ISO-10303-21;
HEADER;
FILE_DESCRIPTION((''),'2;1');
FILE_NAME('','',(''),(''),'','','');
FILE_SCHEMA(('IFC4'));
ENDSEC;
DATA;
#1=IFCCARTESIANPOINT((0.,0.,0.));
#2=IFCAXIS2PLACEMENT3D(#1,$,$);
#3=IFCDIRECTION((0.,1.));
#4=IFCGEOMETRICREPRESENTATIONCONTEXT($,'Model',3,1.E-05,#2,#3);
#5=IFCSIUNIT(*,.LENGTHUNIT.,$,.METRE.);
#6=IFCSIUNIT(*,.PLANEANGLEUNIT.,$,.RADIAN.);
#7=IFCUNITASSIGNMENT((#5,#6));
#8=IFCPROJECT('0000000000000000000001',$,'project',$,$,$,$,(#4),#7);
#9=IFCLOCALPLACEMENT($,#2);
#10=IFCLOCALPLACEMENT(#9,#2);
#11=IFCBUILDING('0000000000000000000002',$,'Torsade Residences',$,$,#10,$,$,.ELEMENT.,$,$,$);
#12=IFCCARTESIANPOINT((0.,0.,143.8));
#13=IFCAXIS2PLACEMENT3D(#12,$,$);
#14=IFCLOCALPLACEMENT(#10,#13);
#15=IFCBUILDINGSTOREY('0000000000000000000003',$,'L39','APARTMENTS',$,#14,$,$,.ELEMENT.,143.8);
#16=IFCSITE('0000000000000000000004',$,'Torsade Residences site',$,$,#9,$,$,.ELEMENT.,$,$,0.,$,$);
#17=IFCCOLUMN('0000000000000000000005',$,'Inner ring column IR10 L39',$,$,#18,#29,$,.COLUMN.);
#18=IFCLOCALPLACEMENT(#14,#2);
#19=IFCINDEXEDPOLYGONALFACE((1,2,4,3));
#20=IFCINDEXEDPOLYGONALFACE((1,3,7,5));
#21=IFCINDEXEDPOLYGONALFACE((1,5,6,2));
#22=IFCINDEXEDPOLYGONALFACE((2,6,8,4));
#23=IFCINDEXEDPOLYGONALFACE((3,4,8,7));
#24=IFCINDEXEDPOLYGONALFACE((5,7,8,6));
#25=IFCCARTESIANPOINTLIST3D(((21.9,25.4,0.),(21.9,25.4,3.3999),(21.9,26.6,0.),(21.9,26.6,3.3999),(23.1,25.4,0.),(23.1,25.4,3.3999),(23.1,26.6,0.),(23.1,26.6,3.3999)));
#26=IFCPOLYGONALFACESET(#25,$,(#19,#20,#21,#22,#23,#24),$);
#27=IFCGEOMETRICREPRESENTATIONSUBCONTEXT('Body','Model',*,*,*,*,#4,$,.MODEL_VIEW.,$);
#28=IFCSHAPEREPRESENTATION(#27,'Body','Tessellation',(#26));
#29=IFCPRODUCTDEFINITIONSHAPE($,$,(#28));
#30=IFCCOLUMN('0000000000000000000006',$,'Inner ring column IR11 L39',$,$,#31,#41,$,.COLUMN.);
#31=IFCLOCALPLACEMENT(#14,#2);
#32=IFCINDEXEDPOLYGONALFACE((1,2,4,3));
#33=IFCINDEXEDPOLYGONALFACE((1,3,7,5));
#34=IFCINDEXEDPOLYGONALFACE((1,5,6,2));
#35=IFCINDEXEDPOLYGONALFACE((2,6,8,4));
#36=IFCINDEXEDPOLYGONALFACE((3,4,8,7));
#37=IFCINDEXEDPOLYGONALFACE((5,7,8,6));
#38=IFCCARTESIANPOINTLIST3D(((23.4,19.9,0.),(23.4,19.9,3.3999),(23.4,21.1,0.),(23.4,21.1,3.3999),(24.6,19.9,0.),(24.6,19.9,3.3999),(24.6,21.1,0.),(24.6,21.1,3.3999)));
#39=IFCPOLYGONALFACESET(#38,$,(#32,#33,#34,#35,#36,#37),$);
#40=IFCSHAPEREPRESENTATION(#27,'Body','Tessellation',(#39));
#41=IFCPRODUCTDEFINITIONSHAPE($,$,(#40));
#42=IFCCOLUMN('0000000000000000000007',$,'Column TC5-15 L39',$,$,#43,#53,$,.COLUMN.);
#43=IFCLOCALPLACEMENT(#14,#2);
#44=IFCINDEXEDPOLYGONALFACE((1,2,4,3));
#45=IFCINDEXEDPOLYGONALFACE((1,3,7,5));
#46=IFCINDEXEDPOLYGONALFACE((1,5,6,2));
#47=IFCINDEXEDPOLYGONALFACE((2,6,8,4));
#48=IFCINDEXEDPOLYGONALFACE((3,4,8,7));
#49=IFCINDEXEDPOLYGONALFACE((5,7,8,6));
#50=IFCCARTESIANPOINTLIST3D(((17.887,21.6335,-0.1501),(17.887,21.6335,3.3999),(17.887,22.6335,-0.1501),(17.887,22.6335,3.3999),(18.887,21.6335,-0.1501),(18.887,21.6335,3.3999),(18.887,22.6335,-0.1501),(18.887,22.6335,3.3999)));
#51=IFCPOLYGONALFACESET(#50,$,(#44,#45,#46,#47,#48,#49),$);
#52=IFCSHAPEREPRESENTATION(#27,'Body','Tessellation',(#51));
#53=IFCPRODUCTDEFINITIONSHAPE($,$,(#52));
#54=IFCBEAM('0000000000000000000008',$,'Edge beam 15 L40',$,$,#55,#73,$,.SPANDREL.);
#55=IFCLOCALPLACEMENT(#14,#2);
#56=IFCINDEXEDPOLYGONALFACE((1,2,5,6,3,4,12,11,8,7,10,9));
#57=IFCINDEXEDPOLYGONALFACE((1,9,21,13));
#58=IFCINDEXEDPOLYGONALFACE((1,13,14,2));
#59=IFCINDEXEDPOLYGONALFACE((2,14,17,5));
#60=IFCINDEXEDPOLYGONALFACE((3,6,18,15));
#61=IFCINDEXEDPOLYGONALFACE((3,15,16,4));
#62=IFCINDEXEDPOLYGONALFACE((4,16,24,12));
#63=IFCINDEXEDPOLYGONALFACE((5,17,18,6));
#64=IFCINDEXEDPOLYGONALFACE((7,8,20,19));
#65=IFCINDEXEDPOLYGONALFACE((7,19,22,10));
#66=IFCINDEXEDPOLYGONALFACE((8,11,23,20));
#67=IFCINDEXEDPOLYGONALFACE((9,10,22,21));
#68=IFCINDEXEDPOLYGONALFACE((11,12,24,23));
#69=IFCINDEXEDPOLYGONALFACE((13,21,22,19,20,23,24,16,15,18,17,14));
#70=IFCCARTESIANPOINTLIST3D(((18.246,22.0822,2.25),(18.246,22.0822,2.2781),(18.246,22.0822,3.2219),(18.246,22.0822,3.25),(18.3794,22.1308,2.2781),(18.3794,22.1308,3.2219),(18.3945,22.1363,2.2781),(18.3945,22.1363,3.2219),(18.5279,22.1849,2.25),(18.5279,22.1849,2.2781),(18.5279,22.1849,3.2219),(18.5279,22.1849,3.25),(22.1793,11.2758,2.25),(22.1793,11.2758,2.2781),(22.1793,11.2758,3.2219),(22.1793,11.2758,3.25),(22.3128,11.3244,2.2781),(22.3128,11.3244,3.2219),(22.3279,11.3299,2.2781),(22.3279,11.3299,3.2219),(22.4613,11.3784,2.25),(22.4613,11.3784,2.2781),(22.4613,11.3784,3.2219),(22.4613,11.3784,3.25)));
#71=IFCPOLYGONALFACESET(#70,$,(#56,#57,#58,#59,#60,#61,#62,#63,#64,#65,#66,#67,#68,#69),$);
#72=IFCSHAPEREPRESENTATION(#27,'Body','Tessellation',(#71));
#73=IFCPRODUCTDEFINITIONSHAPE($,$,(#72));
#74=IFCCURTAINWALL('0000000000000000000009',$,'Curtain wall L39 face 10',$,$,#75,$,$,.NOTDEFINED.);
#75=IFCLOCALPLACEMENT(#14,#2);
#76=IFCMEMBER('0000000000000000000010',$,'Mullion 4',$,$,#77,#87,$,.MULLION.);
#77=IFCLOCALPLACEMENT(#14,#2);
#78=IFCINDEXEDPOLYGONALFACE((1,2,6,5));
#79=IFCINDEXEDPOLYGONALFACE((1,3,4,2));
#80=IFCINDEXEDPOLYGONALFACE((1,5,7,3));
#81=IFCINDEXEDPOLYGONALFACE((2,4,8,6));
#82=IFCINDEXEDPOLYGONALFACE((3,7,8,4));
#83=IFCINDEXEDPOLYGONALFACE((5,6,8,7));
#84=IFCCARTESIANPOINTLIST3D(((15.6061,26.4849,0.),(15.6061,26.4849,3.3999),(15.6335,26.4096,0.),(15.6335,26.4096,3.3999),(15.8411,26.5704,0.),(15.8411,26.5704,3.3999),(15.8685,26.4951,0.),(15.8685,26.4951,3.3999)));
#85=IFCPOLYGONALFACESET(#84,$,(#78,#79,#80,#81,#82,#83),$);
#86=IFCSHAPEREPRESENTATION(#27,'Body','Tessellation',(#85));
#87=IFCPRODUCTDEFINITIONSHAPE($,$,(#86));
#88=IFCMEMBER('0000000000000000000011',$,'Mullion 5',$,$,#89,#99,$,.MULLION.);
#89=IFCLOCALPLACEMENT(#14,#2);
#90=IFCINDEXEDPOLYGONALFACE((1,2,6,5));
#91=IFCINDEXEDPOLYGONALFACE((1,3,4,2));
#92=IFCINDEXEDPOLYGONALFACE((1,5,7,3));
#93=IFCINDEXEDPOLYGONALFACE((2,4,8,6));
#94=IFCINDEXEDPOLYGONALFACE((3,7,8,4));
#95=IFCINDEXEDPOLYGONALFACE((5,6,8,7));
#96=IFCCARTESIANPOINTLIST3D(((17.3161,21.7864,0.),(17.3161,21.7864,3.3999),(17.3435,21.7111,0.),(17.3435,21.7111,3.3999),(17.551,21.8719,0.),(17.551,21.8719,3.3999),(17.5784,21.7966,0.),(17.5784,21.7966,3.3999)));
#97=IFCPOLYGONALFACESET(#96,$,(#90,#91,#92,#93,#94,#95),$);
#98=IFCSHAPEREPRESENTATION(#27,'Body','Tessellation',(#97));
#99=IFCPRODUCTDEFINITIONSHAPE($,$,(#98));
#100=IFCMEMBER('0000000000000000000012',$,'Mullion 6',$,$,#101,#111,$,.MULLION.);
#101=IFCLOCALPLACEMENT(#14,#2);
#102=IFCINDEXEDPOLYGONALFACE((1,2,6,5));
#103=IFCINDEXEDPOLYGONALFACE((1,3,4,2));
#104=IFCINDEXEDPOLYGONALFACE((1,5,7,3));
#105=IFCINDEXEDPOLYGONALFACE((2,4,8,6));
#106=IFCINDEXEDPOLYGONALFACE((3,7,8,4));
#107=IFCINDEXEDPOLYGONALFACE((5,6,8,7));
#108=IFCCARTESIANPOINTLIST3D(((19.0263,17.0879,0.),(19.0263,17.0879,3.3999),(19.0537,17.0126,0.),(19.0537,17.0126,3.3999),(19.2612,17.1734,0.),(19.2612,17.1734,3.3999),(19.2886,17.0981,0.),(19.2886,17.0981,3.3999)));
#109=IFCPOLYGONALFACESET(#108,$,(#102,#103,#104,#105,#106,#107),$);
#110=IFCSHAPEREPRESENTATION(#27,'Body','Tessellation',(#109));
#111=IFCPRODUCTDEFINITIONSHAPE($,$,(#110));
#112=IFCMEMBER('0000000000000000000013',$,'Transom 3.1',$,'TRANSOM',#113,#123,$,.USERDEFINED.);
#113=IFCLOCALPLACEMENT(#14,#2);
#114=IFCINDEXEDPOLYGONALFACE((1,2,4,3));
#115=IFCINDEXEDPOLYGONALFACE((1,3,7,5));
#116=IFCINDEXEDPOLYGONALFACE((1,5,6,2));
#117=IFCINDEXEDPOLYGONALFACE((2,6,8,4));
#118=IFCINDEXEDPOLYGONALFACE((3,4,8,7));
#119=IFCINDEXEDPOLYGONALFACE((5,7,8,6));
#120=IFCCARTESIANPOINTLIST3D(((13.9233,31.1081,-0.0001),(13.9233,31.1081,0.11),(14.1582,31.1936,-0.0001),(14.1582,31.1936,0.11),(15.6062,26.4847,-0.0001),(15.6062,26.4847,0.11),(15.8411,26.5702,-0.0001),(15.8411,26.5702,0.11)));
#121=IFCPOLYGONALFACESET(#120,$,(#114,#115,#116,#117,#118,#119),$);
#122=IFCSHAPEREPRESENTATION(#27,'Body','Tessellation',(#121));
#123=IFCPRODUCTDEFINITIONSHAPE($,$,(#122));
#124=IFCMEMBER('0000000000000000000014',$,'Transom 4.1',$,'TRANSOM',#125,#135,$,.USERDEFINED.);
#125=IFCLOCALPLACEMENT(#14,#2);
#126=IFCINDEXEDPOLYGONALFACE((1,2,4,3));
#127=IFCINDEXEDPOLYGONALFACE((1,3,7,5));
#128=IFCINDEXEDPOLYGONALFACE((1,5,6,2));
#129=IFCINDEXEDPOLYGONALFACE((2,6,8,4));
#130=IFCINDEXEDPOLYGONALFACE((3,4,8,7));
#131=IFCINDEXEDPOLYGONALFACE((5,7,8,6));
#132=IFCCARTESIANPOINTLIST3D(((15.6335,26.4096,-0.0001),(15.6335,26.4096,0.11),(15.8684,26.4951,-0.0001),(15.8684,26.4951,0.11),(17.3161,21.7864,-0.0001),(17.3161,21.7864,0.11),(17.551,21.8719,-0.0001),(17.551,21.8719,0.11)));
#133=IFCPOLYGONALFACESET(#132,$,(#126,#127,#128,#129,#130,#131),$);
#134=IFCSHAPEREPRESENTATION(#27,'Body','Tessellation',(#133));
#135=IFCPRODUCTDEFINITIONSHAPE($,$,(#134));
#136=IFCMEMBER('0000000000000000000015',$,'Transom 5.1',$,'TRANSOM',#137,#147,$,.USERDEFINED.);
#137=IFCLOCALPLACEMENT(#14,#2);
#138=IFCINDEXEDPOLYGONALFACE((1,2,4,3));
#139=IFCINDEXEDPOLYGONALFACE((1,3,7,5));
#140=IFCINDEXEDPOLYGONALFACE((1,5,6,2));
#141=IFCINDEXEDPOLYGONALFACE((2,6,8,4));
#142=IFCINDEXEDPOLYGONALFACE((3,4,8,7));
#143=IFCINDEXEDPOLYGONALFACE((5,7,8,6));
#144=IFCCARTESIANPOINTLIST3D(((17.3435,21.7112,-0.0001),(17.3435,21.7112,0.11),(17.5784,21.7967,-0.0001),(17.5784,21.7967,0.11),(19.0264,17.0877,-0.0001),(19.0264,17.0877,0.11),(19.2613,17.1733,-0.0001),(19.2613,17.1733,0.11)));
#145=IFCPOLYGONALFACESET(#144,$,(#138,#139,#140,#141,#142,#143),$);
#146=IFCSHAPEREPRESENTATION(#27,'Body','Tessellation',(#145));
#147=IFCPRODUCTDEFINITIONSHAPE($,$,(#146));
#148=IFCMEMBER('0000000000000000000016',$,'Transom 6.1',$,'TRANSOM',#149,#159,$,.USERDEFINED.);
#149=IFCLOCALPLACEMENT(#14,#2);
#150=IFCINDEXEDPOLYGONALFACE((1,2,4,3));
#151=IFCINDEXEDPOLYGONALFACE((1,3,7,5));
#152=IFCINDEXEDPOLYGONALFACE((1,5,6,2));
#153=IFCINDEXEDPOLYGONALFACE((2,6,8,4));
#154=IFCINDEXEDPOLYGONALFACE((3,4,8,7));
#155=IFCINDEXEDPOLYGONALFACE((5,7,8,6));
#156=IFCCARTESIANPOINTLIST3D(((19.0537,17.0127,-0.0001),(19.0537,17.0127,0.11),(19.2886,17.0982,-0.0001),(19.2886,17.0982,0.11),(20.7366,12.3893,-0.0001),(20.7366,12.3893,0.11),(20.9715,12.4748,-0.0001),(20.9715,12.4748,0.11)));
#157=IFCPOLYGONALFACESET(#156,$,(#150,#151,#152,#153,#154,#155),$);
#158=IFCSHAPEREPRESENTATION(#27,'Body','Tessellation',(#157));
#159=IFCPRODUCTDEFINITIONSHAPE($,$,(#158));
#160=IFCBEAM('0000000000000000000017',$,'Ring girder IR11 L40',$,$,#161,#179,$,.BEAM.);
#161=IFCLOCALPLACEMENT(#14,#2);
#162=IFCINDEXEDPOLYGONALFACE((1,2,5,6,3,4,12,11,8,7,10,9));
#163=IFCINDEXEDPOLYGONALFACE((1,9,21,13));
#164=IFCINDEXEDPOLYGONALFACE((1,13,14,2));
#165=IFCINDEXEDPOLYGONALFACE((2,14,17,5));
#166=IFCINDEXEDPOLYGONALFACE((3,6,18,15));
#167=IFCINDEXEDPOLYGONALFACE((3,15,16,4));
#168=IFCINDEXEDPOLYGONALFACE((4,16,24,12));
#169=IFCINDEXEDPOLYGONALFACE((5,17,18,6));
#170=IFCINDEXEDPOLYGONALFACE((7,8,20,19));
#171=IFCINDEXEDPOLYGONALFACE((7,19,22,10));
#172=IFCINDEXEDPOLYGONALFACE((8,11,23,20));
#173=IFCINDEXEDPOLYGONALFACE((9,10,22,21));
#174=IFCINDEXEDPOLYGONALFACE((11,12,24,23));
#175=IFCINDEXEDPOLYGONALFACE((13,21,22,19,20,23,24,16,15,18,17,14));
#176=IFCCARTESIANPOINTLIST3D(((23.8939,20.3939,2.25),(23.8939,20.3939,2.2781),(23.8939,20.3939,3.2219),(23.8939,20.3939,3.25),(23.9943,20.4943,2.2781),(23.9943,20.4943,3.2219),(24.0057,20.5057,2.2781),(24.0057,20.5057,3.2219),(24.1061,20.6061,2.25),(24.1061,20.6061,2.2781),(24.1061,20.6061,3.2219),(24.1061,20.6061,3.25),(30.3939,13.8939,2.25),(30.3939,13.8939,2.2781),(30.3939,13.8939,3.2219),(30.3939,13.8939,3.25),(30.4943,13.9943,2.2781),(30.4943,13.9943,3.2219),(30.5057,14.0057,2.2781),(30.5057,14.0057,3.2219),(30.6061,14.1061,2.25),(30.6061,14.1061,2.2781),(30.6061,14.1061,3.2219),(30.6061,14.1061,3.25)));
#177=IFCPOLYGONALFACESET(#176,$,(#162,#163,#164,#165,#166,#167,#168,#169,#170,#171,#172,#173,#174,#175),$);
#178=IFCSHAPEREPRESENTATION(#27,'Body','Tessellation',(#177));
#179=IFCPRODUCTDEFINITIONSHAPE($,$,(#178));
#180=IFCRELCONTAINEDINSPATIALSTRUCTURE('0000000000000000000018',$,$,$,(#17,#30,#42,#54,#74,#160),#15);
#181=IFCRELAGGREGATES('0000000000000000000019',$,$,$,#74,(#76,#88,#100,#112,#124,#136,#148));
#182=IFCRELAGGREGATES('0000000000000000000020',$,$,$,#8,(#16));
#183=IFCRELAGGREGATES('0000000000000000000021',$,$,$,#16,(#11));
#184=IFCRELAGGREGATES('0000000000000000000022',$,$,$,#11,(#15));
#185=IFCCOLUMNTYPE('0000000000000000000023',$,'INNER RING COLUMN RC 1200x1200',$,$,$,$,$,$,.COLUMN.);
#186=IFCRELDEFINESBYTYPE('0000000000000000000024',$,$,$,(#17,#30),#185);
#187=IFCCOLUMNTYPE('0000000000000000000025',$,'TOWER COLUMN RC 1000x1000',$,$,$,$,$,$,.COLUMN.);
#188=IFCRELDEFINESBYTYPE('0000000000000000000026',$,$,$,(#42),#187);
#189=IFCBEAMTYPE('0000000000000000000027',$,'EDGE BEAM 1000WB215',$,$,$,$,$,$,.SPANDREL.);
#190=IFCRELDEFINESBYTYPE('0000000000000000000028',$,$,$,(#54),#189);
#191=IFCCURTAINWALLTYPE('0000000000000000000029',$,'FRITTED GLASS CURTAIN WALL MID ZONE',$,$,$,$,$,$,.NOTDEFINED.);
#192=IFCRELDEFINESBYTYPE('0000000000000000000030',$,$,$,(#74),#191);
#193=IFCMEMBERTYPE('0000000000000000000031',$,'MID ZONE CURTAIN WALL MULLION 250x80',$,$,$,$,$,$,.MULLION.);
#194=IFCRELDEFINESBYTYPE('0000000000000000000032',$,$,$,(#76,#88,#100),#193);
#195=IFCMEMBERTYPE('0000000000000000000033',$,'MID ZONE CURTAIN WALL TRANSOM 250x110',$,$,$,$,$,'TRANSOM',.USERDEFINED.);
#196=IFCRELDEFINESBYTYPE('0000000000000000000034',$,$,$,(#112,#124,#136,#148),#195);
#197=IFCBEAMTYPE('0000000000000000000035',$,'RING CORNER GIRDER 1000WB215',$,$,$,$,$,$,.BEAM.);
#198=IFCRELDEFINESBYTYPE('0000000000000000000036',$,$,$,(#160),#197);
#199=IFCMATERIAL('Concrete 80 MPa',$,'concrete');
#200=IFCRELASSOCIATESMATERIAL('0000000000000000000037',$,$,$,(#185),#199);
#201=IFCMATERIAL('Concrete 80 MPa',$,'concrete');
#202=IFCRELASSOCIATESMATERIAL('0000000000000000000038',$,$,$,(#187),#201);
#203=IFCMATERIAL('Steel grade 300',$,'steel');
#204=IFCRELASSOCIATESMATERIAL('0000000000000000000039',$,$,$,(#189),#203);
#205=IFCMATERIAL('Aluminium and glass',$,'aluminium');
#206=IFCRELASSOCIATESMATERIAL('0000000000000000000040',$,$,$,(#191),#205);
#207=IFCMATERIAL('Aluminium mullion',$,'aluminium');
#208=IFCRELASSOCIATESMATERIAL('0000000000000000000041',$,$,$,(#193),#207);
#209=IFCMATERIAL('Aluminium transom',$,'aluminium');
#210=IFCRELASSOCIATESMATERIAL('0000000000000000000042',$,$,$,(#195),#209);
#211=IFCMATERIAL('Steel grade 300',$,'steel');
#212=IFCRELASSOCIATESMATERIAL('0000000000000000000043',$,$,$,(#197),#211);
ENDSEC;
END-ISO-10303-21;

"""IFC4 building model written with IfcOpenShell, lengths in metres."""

from ifc_helpers import new_model, si_unit, direction, frame, origin, origin_2d, place, context, subcontext, project, spatial, rectangle, i_section, extrude, material, material_profile, profile_set, type_object, element, aggregate, save


model = new_model("IFC4")

# Units and contexts
model_context = context("Model", 3, precision=1e-05, world=origin(), true_north=direction((0.0, 1.0)))
body_context = subcontext(model_context, "Body", "Model", "MODEL_VIEW")
ifc_project = project(units=[si_unit("LENGTHUNIT", "METRE"), si_unit("PLANEANGLEUNIT", "RADIAN")], contexts=[model_context])

# Site, building, storey
site_placement = place(None, origin())
site = spatial("IfcSite", under=ifc_project, at=site_placement, Name="Torsade Residences site", CompositionType="ELEMENT", RefElevation=0.0)
building_placement = place(site_placement, origin())
building = spatial("IfcBuilding", under=site, at=building_placement, Name="Torsade Residences", CompositionType="ELEMENT")
storey_placement = place(building_placement, frame((0.0, 0.0, 143.8)))
storey = spatial("IfcBuildingStorey", under=building, at=storey_placement, Name="L39", Description="APARTMENTS", CompositionType="ELEMENT", Elevation=143.8)

# Columns
ifc_material_1 = material(Name="Concrete 80 MPa", Category="concrete")
ifc_material_profile_1 = material_profile(ifc_material_1, rectangle(XDim=1.2, YDim=1.2, at=origin_2d()), Name="RC 1200x1200")
ifc_profile_set_1 = profile_set([ifc_material_profile_1], Name="Concrete 80 MPa")
column_type_1 = type_object("IfcColumnType", Name="INNER RING COLUMN RC 1200x1200", PredefinedType="COLUMN", material=ifc_profile_set_1)
for number, where, z_axis, x_axis, name in (
    (1, (22.5, 26.0, 0.0), (0.0, 0.0, 1.0), (1.0, 0.0, 0.0), "Inner ring column IR10 L39"),
    (2, (24.0, 20.5, 0.0), (0.0, 0.0, 1.0), (1.0, 0.0, 0.0), "Inner ring column IR11 L39"),
):
    element("IfcColumn", number, at=place(storey_placement, frame(where, z_axis=z_axis, x_axis=x_axis)), inside=storey, type_object=column_type_1, Name=name, PredefinedType="COLUMN", context=body_context, shape_type="SweptSolid", body=[
        extrude(rectangle(XDim=1.2, YDim=1.2, at=origin_2d()), origin(), (0.0, 0.0, 1.0), 3.3999),
    ])
ifc_material_2 = material(Name="Concrete 80 MPa", Category="concrete")
ifc_material_profile_2 = material_profile(ifc_material_2, rectangle(XDim=1.0, YDim=1.0, at=origin_2d()), Name="RC 1000x1000")
ifc_profile_set_2 = profile_set([ifc_material_profile_2], Name="Concrete 80 MPa")
column_type_2 = type_object("IfcColumnType", Name="TOWER COLUMN RC 1000x1000", PredefinedType="COLUMN", material=ifc_profile_set_2)
column_placement = place(storey_placement, frame((18.387, 22.1335, -0.1501), z_axis=(0.0, 0.0, 1.0), x_axis=(1.0, 0.0, 0.0)))
element("IfcColumn", 3, at=column_placement, inside=storey, type_object=column_type_2, Name="Column TC5-15 L39", PredefinedType="COLUMN", context=body_context, shape_type="SweptSolid", body=[
    extrude(rectangle(XDim=1.0, YDim=1.0, at=origin_2d()), origin(), (0.0, 0.0, 1.0), 3.55),
])

# Beam
ifc_material_3 = material(Name="Steel grade 300", Category="steel")
ifc_material_profile_3 = material_profile(ifc_material_3, i_section(OverallWidth=0.3, OverallDepth=1.0, WebThickness=0.0161, FlangeThickness=0.0281, at=origin_2d()), Name="1000WB215")
ifc_profile_set_3 = profile_set([ifc_material_profile_3], Name="Steel grade 300")
beam_type_1 = type_object("IfcBeamType", Name="EDGE BEAM 1000WB215", PredefinedType="SPANDREL", material=ifc_profile_set_3)
beam_1_placement = place(storey_placement, frame((18.387, 22.1335, 2.75), z_axis=(0.342031, -0.939689, 0.0), x_axis=(0.939689, 0.342031, 0.0)))
element("IfcBeam", 4, at=beam_1_placement, inside=storey, type_object=beam_type_1, Name="Edge beam 15 L40", PredefinedType="SPANDREL", context=body_context, shape_type="SweptSolid", body=[
    extrude(i_section(OverallWidth=0.3, OverallDepth=1.0, WebThickness=0.0161, FlangeThickness=0.0281, at=origin_2d()), origin(), (0.0, 0.0, 1.0), 11.5),
])

# Curtain wall, members
ifc_material_4 = material(Name="Aluminium and glass", Category="aluminium")
curtain_wall_type = type_object("IfcCurtainWallType", Name="FRITTED GLASS CURTAIN WALL MID ZONE", PredefinedType="NOTDEFINED", material=ifc_material_4)
curtain_wall_placement = place(storey_placement, origin())
curtain_wall = element("IfcCurtainWall", 5, at=curtain_wall_placement, inside=storey, type_object=curtain_wall_type, Name="Curtain wall L39 face 10", PredefinedType="NOTDEFINED")
ifc_material_5 = material(Name="Aluminium mullion", Category="aluminium")
ifc_material_profile_4 = material_profile(ifc_material_5, rectangle(XDim=0.25, YDim=0.0801, at=origin_2d()), Name="MID ZONE CURTAIN WALL MULLION 250x80")
ifc_profile_set_4 = profile_set([ifc_material_profile_4], Name="Aluminium mullion")
member_type_1 = type_object("IfcMemberType", Name="MID ZONE CURTAIN WALL MULLION 250x80", PredefinedType="MULLION", material=ifc_profile_set_4)
member_1_placement = place(storey_placement, frame((15.7373, 26.49, 0.0), z_axis=(0.0, 0.0, 1.0), x_axis=(0.939693, 0.34202, 0.0)))
member_1 = element("IfcMember", 6, at=member_1_placement, type_object=member_type_1, Name="Mullion 4", PredefinedType="MULLION", context=body_context, shape_type="SweptSolid", body=[
    extrude(rectangle(XDim=0.25, YDim=0.0801, at=origin_2d()), origin(), (0.0, 0.0, 1.0), 3.3999),
])
member_2_placement = place(storey_placement, frame((17.4473, 21.7915, 0.0), z_axis=(0.0, 0.0, 1.0), x_axis=(0.939693, 0.34202, 0.0)))
member_2 = element("IfcMember", 7, at=member_2_placement, type_object=member_type_1, Name="Mullion 5", PredefinedType="MULLION", context=body_context, shape_type="SweptSolid", body=[
    extrude(rectangle(XDim=0.25, YDim=0.0801, at=origin_2d()), origin(), (0.0, 0.0, 1.0), 3.3999),
])
member_3_placement = place(storey_placement, frame((19.1575, 17.093, 0.0), z_axis=(0.0, 0.0, 1.0), x_axis=(0.939693, 0.34202, 0.0)))
member_3 = element("IfcMember", 8, at=member_3_placement, type_object=member_type_1, Name="Mullion 6", PredefinedType="MULLION", context=body_context, shape_type="SweptSolid", body=[
    extrude(rectangle(XDim=0.25, YDim=0.0801, at=origin_2d()), origin(), (0.0, 0.0, 1.0), 3.3999),
])
ifc_material_6 = material(Name="Aluminium transom", Category="aluminium")
ifc_material_profile_5 = material_profile(ifc_material_6, rectangle(XDim=0.25, YDim=0.1101, at=origin_2d()), Name="MID ZONE CURTAIN WALL TRANSOM 250x110")
ifc_profile_set_5 = profile_set([ifc_material_profile_5], Name="Aluminium transom")
member_type_2 = type_object("IfcMemberType", Name="MID ZONE CURTAIN WALL TRANSOM 250x110", ElementType="TRANSOM", PredefinedType="USERDEFINED", material=ifc_profile_set_5)
member_4_placement = place(storey_placement, frame((14.0408, 31.1509, 0.0549), z_axis=(0.342042, -0.939685, 0.0), x_axis=(0.939685, 0.342042, 0.0)))
member_4 = element("IfcMember", 9, at=member_4_placement, type_object=member_type_2, Name="Transom 3.1", ObjectType="TRANSOM", PredefinedType="USERDEFINED", context=body_context, shape_type="SweptSolid", body=[
    extrude(rectangle(XDim=0.25, YDim=0.1101, at=origin_2d()), origin(), (0.0, 0.0, 1.0), 4.9202),
])
member_5_placement = place(storey_placement, frame((15.751, 26.4524, 0.0549), z_axis=(0.341998, -0.939701, 0.0), x_axis=(0.939701, 0.341998, 0.0)))
member_5 = element("IfcMember", 10, at=member_5_placement, type_object=member_type_2, Name="Transom 4.1", ObjectType="TRANSOM", PredefinedType="USERDEFINED", context=body_context, shape_type="SweptSolid", body=[
    extrude(rectangle(XDim=0.25, YDim=0.1101, at=origin_2d()), origin(), (0.0, 0.0, 1.0), 4.9199),
])
member_6_placement = place(storey_placement, frame((17.4609, 21.7539, 0.0549), z_axis=(0.342042, -0.939685, 0.0), x_axis=(0.939685, 0.342042, 0.0)))
member_6 = element("IfcMember", 11, at=member_6_placement, type_object=member_type_2, Name="Transom 5.1", ObjectType="TRANSOM", PredefinedType="USERDEFINED", context=body_context, shape_type="SweptSolid", body=[
    extrude(rectangle(XDim=0.25, YDim=0.1101, at=origin_2d()), origin(), (0.0, 0.0, 1.0), 4.9202),
])
member_7_placement = place(storey_placement, frame((19.1711, 17.0554, 0.0549), z_axis=(0.342042, -0.939685, 0.0), x_axis=(0.939685, 0.342042, 0.0)))
member_7 = element("IfcMember", 12, at=member_7_placement, type_object=member_type_2, Name="Transom 6.1", ObjectType="TRANSOM", PredefinedType="USERDEFINED", context=body_context, shape_type="SweptSolid", body=[
    extrude(rectangle(XDim=0.25, YDim=0.1101, at=origin_2d()), origin(), (0.0, 0.0, 1.0), 4.9202),
])

# Beam
ifc_material_7 = material(Name="Steel grade 300", Category="steel")
ifc_material_profile_6 = material_profile(ifc_material_7, i_section(OverallWidth=0.3, OverallDepth=1.0, WebThickness=0.0161, FlangeThickness=0.0281, at=origin_2d()), Name="1000WB215")
ifc_profile_set_6 = profile_set([ifc_material_profile_6], Name="Steel grade 300")
beam_type_2 = type_object("IfcBeamType", Name="RING CORNER GIRDER 1000WB215", PredefinedType="BEAM", material=ifc_profile_set_6)
beam_2_placement = place(storey_placement, frame((24.0, 20.5, 2.75), z_axis=(0.707107, -0.707107, 0.0), x_axis=(0.707107, 0.707107, 0.0)))
element("IfcBeam", 13, at=beam_2_placement, inside=storey, type_object=beam_type_2, Name="Ring girder IR11 L40", PredefinedType="BEAM", context=body_context, shape_type="SweptSolid", body=[
    extrude(i_section(OverallWidth=0.3, OverallDepth=1.0, WebThickness=0.0161, FlangeThickness=0.0281, at=origin_2d()), origin(), (0.0, 0.0, 1.0), 9.1924),
])

aggregate(curtain_wall, [member_1, member_2, member_3, member_4, member_5, member_6, member_7])

save(model, "model.ifc")
